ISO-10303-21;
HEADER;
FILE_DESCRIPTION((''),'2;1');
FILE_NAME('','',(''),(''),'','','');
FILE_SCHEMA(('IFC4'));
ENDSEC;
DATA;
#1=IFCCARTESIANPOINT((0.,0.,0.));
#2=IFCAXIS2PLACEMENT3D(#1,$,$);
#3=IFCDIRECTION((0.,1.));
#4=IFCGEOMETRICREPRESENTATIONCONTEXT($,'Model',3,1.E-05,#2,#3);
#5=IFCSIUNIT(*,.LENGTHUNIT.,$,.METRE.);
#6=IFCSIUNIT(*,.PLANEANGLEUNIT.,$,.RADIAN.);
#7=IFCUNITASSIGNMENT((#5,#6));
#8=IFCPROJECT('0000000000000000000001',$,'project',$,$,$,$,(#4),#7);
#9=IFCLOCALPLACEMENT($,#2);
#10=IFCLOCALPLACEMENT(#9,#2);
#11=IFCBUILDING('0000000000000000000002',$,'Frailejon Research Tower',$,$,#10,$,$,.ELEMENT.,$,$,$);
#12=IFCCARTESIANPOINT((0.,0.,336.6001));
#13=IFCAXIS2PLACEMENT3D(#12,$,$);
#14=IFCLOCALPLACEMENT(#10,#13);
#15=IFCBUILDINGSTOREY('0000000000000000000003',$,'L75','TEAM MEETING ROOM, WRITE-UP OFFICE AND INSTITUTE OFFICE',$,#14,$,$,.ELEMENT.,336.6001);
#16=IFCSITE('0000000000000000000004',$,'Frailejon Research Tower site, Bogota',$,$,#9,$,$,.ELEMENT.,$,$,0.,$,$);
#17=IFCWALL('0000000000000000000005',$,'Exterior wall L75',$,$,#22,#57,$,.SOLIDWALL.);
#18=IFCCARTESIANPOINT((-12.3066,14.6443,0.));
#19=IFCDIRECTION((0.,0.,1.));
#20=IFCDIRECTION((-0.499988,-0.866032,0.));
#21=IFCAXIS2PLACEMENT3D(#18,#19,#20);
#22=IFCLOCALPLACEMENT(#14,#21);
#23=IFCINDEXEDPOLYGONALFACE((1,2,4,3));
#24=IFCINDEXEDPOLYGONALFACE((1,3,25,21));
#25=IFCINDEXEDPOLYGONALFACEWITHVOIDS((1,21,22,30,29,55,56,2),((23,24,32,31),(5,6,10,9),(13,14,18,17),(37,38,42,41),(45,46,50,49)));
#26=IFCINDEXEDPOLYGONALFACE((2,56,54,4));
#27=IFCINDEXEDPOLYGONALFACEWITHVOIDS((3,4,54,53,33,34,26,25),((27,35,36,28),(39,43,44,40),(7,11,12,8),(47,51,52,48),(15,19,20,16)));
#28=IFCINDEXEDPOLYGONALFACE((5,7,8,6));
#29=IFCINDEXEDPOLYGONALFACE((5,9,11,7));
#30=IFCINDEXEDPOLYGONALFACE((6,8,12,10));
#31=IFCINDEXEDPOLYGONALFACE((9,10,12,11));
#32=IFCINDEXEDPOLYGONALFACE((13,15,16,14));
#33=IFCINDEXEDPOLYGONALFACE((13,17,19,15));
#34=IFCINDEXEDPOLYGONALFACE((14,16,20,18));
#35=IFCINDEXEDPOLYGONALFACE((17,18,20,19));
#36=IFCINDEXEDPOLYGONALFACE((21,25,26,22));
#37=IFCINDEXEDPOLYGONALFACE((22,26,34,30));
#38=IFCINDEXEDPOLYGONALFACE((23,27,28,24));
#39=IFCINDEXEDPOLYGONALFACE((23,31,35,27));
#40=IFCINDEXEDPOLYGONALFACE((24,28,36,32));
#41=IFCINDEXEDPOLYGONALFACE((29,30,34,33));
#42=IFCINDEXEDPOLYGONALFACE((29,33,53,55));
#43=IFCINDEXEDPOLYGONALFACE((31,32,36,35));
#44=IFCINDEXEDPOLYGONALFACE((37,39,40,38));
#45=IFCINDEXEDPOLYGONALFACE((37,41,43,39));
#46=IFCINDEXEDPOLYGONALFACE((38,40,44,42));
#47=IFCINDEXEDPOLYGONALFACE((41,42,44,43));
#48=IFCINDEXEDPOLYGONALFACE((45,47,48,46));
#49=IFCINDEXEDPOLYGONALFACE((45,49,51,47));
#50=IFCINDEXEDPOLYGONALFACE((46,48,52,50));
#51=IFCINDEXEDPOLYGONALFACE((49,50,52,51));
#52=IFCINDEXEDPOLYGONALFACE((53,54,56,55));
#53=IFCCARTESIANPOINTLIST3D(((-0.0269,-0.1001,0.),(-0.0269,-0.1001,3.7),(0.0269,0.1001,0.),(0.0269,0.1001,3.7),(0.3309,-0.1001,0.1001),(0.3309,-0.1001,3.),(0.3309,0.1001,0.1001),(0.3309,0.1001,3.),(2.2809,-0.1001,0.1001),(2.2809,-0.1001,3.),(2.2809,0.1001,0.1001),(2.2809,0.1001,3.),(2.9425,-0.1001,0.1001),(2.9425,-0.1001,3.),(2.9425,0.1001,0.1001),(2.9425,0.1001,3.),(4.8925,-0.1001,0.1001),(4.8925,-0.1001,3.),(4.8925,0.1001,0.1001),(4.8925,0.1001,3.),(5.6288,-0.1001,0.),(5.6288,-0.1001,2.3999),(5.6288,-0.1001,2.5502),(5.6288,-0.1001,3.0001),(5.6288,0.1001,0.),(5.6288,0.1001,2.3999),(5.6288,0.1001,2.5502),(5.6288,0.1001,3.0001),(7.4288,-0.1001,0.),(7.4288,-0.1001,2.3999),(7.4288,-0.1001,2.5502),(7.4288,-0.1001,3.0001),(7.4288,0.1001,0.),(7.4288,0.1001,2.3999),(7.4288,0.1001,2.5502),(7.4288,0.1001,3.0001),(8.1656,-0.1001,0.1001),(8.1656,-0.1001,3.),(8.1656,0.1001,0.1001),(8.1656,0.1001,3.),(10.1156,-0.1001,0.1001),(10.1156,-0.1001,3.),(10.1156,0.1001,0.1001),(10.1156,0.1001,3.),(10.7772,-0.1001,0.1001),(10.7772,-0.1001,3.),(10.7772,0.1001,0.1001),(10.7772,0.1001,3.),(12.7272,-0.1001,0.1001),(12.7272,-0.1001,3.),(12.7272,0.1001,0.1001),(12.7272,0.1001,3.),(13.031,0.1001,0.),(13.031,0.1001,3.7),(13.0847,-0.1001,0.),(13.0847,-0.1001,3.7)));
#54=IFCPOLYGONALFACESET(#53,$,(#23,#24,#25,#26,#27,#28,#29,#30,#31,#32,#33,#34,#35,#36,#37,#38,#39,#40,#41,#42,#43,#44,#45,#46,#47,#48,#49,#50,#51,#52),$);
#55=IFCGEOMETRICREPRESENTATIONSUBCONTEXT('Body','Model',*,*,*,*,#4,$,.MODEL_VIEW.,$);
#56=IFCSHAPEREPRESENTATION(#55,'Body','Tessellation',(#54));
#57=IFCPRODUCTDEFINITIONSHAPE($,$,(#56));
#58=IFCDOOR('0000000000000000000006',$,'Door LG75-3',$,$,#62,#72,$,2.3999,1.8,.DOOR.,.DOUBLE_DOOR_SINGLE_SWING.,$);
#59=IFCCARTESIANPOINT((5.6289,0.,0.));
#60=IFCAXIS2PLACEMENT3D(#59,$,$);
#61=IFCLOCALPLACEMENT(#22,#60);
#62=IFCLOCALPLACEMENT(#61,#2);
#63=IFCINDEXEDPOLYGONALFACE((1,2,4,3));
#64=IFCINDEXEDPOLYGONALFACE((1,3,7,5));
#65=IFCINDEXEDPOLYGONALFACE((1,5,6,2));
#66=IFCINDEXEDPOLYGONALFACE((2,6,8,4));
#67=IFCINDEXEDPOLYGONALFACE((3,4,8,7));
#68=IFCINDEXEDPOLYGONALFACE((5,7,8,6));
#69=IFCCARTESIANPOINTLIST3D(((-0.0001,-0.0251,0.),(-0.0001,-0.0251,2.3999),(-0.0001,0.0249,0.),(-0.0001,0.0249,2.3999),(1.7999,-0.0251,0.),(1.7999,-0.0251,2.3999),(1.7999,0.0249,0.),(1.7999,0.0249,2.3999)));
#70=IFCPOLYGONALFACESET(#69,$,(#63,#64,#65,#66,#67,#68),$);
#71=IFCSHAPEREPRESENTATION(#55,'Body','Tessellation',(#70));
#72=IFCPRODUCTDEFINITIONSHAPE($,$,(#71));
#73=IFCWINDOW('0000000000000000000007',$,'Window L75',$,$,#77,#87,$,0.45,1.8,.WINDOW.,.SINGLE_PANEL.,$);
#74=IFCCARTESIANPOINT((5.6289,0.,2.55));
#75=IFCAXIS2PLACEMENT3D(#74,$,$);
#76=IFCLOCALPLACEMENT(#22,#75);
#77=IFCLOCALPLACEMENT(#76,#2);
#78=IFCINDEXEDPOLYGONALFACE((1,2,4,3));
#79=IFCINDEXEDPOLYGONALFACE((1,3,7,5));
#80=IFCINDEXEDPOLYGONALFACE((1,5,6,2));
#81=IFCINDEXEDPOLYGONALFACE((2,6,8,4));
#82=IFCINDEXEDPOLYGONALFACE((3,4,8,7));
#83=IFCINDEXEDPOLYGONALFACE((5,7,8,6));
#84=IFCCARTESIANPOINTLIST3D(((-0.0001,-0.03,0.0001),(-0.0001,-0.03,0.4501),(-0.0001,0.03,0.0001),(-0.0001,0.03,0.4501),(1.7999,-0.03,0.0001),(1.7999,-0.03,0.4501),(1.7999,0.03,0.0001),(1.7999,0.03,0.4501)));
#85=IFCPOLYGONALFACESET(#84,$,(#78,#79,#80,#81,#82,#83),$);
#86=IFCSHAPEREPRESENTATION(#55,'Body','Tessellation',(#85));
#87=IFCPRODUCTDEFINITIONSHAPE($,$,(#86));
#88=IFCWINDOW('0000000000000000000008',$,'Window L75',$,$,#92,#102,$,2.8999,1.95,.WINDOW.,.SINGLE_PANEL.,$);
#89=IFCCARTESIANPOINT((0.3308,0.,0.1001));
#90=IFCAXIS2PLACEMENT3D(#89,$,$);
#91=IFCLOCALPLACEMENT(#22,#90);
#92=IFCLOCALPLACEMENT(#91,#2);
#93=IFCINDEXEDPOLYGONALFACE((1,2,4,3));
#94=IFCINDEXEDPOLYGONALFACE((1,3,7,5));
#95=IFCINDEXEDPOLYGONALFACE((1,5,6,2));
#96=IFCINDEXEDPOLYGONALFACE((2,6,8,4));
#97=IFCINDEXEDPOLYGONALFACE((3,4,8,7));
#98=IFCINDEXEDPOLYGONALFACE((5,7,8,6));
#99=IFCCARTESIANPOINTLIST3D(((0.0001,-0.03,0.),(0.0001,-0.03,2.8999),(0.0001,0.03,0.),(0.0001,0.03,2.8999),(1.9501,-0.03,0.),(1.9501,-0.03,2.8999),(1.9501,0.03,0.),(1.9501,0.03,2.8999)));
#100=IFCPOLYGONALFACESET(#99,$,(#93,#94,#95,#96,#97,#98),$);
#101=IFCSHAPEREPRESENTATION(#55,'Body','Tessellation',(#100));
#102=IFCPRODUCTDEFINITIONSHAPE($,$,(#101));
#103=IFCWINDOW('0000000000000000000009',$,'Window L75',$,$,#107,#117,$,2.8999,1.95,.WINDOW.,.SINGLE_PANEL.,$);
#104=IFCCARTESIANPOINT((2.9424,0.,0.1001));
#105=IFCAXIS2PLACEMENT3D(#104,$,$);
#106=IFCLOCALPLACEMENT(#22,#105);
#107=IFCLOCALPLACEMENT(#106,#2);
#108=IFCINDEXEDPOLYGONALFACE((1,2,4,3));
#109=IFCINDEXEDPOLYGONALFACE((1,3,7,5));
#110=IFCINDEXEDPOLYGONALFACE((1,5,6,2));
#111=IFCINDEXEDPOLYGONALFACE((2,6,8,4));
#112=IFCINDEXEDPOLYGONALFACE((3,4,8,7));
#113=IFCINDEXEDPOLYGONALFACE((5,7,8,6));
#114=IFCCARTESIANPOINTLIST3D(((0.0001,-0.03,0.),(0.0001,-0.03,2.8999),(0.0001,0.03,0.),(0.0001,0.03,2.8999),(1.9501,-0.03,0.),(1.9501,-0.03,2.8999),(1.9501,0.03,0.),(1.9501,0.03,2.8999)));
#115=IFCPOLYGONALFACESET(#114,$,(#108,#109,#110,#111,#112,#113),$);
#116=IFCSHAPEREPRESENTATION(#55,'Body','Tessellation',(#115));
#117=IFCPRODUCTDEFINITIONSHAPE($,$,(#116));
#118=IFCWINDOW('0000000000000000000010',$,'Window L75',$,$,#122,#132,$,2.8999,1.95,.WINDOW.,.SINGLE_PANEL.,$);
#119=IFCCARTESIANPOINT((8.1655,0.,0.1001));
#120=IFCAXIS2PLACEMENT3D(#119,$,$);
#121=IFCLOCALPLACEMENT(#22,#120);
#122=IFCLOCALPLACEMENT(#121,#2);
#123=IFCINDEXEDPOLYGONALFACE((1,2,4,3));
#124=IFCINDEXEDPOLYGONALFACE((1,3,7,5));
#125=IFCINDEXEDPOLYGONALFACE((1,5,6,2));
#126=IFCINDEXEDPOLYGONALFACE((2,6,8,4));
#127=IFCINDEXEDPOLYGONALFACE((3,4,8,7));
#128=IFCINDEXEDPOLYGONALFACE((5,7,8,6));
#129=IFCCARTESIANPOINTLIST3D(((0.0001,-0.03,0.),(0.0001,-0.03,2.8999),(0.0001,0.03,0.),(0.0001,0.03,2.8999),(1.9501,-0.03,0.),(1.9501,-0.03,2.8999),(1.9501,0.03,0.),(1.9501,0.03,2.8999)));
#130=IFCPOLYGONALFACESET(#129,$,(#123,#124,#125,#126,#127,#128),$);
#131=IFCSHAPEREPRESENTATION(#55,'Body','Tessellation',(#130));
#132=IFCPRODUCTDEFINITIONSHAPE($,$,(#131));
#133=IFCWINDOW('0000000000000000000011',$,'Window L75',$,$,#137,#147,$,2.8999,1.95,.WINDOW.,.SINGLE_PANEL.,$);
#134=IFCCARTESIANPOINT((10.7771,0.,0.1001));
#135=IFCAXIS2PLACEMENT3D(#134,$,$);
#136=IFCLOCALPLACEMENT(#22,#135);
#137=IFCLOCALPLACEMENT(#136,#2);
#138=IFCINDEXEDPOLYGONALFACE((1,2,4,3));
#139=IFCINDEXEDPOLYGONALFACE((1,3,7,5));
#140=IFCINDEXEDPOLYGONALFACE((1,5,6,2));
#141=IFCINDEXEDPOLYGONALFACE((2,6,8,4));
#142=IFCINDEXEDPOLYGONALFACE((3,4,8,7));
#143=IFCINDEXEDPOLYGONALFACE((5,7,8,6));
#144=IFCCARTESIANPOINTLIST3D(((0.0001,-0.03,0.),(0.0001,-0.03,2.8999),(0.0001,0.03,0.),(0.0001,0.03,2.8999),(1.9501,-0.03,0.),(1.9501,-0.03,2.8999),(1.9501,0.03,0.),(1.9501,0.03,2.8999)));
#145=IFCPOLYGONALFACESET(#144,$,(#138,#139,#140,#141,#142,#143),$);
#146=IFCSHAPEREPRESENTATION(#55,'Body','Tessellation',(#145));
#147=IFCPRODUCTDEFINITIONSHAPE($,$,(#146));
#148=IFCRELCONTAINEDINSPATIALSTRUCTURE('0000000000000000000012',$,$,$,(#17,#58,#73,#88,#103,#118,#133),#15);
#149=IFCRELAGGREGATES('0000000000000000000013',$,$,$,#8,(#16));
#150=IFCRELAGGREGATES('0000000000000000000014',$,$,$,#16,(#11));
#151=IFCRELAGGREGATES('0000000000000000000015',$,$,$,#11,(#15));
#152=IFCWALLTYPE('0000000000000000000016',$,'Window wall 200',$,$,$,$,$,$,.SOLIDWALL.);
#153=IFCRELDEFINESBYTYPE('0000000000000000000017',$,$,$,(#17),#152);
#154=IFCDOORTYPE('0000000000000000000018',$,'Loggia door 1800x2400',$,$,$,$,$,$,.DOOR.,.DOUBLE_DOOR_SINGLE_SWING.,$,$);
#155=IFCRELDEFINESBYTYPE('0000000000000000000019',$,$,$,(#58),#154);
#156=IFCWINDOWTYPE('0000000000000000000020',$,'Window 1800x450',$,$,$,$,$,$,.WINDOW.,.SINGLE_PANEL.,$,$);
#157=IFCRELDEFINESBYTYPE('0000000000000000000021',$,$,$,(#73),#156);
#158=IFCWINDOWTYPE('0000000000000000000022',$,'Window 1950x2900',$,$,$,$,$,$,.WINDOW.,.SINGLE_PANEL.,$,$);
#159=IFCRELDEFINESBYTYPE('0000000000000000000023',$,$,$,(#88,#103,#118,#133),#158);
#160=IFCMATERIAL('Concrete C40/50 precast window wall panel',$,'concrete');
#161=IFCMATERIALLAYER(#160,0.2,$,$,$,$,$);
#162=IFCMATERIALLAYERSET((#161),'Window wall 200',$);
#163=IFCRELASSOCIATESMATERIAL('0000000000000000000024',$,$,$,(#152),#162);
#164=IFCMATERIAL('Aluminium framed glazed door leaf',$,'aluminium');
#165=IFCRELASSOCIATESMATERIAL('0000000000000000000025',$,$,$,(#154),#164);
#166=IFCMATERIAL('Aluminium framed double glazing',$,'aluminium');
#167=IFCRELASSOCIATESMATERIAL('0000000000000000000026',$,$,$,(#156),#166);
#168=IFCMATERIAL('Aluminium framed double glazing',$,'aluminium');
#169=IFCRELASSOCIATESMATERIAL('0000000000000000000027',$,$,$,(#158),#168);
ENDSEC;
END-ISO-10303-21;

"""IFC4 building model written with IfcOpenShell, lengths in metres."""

from ifc_helpers import new_model, si_unit, direction, frame, frame_2d, origin, place, context, subcontext, project, spatial, polyline, rectangle, outline, extrude, material, layer, layer_set, type_object, element, fill, save


model = new_model("IFC4")

# Units and contexts
model_context = context("Model", 3, precision=1e-05, world=origin(), true_north=direction((0.0, 1.0)))
body_context = subcontext(model_context, "Body", "Model", "MODEL_VIEW")
ifc_project = project(units=[si_unit("LENGTHUNIT", "METRE"), si_unit("PLANEANGLEUNIT", "RADIAN")], contexts=[model_context])

# Site, building, storey
site_placement = place(None, origin())
site = spatial("IfcSite", under=ifc_project, at=site_placement, Name="Frailejon Research Tower site, Bogota", CompositionType="ELEMENT", RefElevation=0.0)
building_placement = place(site_placement, origin())
building = spatial("IfcBuilding", under=site, at=building_placement, Name="Frailejon Research Tower", CompositionType="ELEMENT")
storey_placement = place(building_placement, frame((0.0, 0.0, 336.6001)))
storey = spatial("IfcBuildingStorey", under=building, at=storey_placement, Name="L75", Description="TEAM MEETING ROOM, WRITE-UP OFFICE AND INSTITUTE OFFICE", CompositionType="ELEMENT", Elevation=336.6001)

# Wall, openings, door, windows
ifc_material_1 = material(Name="Concrete C40/50 precast window wall panel", Category="concrete")
ifc_layer_1 = layer(ifc_material_1, 0.2)
ifc_layer_set_1 = layer_set([ifc_layer_1], Name="Window wall 200")
wall_type_1 = type_object("IfcWallType", Name="Window wall 200", PredefinedType="SOLIDWALL", material=ifc_layer_set_1)
wall_1_placement = place(storey_placement, frame((-12.3066, 14.6443, 0.0), z_axis=(0.0, 0.0, 1.0), x_axis=(-0.499988, -0.866032, 0.0)))
wall_1 = element("IfcWall", 1, at=wall_1_placement, inside=storey, type_object=wall_type_1, Name="Exterior wall L75", PredefinedType="SOLIDWALL", context=body_context, shape_type="SweptSolid", body=[
    extrude(outline(polyline([(-0.0269, -0.1001), (0.9817, -0.1001), (1.9902, -0.1001), (2.9988, -0.1001), (4.0076, -0.1001), (5.0161, -0.1001), (6.0247, -0.1001), (7.0332, -0.1001), (8.0417, -0.1001), (9.0503, -0.1001), (10.0591, -0.1001), (11.0676, -0.1001), (12.0762, -0.1001), (13.0847, -0.1001), (13.031, 0.1001), (12.0308, 0.1001), (11.0303, 0.1001), (10.03, 0.1001), (9.0298, 0.1001), (8.0293, 0.1001), (7.0291, 0.1001), (6.0288, 0.1001), (5.0286, 0.1001), (4.0281, 0.1001), (3.0278, 0.1001), (2.0276, 0.1001), (1.0271, 0.1001), (0.0269, 0.1001), (-0.0269, -0.1001)])), origin(), (0.0, 0.0, 1.0), 3.7),
])
opening_1_placement = place(wall_1_placement, frame((0.3308, 0.0, 0.1001)))
opening_1 = element("IfcOpeningElement", 2, at=opening_1_placement, cuts=wall_1, PredefinedType="OPENING", context=body_context, shape_type="SweptSolid", body=[
    extrude(rectangle(XDim=1.95, YDim=2.8999, at=frame_2d((0.9751, 1.45))), frame((0.0, 0.1099, 0.0), z_axis=(0.0, -1.0, 0.0), x_axis=(1.0, 0.0, 0.0)), (0.0, 0.0, 1.0), 0.22),
])
opening_2_placement = place(wall_1_placement, frame((2.9424, 0.0, 0.1001)))
opening_2 = element("IfcOpeningElement", 3, at=opening_2_placement, cuts=wall_1, PredefinedType="OPENING", context=body_context, shape_type="SweptSolid", body=[
    extrude(rectangle(XDim=1.95, YDim=2.8999, at=frame_2d((0.9751, 1.45))), frame((0.0, 0.1099, 0.0), z_axis=(0.0, -1.0, 0.0), x_axis=(1.0, 0.0, 0.0)), (0.0, 0.0, 1.0), 0.22),
])
opening_3_placement = place(wall_1_placement, frame((5.6289, 0.0, 0.0)))
opening_3 = element("IfcOpeningElement", 4, at=opening_3_placement, cuts=wall_1, PredefinedType="OPENING", context=body_context, shape_type="SweptSolid", body=[
    extrude(rectangle(XDim=1.8, YDim=2.3999, at=frame_2d((0.8999, 1.2))), frame((0.0, 0.1099, 0.0), z_axis=(0.0, -1.0, 0.0), x_axis=(1.0, 0.0, 0.0)), (0.0, 0.0, 1.0), 0.22),
])
opening_4_placement = place(wall_1_placement, frame((5.6289, 0.0, 2.55)))
opening_4 = element("IfcOpeningElement", 5, at=opening_4_placement, cuts=wall_1, PredefinedType="OPENING", context=body_context, shape_type="SweptSolid", body=[
    extrude(rectangle(XDim=1.8, YDim=0.45, at=frame_2d((0.8999, 0.2251))), frame((0.0, 0.1099, 0.0), z_axis=(0.0, -1.0, 0.0), x_axis=(1.0, 0.0, 0.0)), (0.0, 0.0, 1.0), 0.22),
])
opening_5_placement = place(wall_1_placement, frame((8.1655, 0.0, 0.1001)))
opening_5 = element("IfcOpeningElement", 6, at=opening_5_placement, cuts=wall_1, PredefinedType="OPENING", context=body_context, shape_type="SweptSolid", body=[
    extrude(rectangle(XDim=1.95, YDim=2.8999, at=frame_2d((0.9751, 1.45))), frame((0.0, 0.1099, 0.0), z_axis=(0.0, -1.0, 0.0), x_axis=(1.0, 0.0, 0.0)), (0.0, 0.0, 1.0), 0.22),
])
opening_6_placement = place(wall_1_placement, frame((10.7771, 0.0, 0.1001)))
opening_6 = element("IfcOpeningElement", 7, at=opening_6_placement, cuts=wall_1, PredefinedType="OPENING", context=body_context, shape_type="SweptSolid", body=[
    extrude(rectangle(XDim=1.95, YDim=2.8999, at=frame_2d((0.9751, 1.45))), frame((0.0, 0.1099, 0.0), z_axis=(0.0, -1.0, 0.0), x_axis=(1.0, 0.0, 0.0)), (0.0, 0.0, 1.0), 0.22),
])
ifc_material_2 = material(Name="Aluminium framed glazed door leaf", Category="aluminium")
door_type_1 = type_object("IfcDoorType", Name="Loggia door 1800x2400", OperationType="DOUBLE_DOOR_SINGLE_SWING", PredefinedType="DOOR", material=ifc_material_2)
door_1_placement = place(opening_3_placement, origin())
door_1 = element("IfcDoor", 8, at=door_1_placement, inside=storey, type_object=door_type_1, Name="Door LG75-3", OperationType="DOUBLE_DOOR_SINGLE_SWING", OverallHeight=2.3999, OverallWidth=1.8, PredefinedType="DOOR", context=body_context, shape_type="SweptSolid", body=[
    extrude(rectangle(XDim=1.8, YDim=2.3999, at=frame_2d((0.8999, 1.2))), frame((0.0, 0.0249, 0.0), z_axis=(0.0, -1.0, 0.0), x_axis=(1.0, 0.0, 0.0)), (0.0, 0.0, 1.0), 0.05),
])
fill(opening_3, door_1)
ifc_material_3 = material(Name="Aluminium framed double glazing", Category="aluminium")
window_type_1 = type_object("IfcWindowType", Name="Window 1800x450", PartitioningType="SINGLE_PANEL", PredefinedType="WINDOW", material=ifc_material_3)
window_1_placement = place(opening_4_placement, origin())
window_1 = element("IfcWindow", 9, at=window_1_placement, inside=storey, type_object=window_type_1, Name="Window L75", OverallHeight=0.45, OverallWidth=1.8, PartitioningType="SINGLE_PANEL", PredefinedType="WINDOW", context=body_context, shape_type="SweptSolid", body=[
    extrude(rectangle(XDim=1.8, YDim=0.45, at=frame_2d((0.8999, 0.2251))), frame((0.0, 0.03, 0.0), z_axis=(0.0, -1.0, 0.0), x_axis=(1.0, 0.0, 0.0)), (0.0, 0.0, 1.0), 0.0601),
])
fill(opening_4, window_1)
ifc_material_4 = material(Name="Aluminium framed double glazing", Category="aluminium")
window_type_2 = type_object("IfcWindowType", Name="Window 1950x2900", PartitioningType="SINGLE_PANEL", PredefinedType="WINDOW", material=ifc_material_4)
window_2_placement = place(opening_1_placement, origin())
window_2 = element("IfcWindow", 10, at=window_2_placement, inside=storey, type_object=window_type_2, Name="Window L75", OverallHeight=2.8999, OverallWidth=1.95, PartitioningType="SINGLE_PANEL", PredefinedType="WINDOW", context=body_context, shape_type="SweptSolid", body=[
    extrude(rectangle(XDim=1.95, YDim=2.8999, at=frame_2d((0.9751, 1.45))), frame((0.0, 0.03, 0.0), z_axis=(0.0, -1.0, 0.0), x_axis=(1.0, 0.0, 0.0)), (0.0, 0.0, 1.0), 0.0601),
])
fill(opening_1, window_2)
window_3_placement = place(opening_2_placement, origin())
window_3 = element("IfcWindow", 11, at=window_3_placement, inside=storey, type_object=window_type_2, Name="Window L75", OverallHeight=2.8999, OverallWidth=1.95, PartitioningType="SINGLE_PANEL", PredefinedType="WINDOW", context=body_context, shape_type="SweptSolid", body=[
    extrude(rectangle(XDim=1.95, YDim=2.8999, at=frame_2d((0.9751, 1.45))), frame((0.0, 0.03, 0.0), z_axis=(0.0, -1.0, 0.0), x_axis=(1.0, 0.0, 0.0)), (0.0, 0.0, 1.0), 0.0601),
])
fill(opening_2, window_3)
window_4_placement = place(opening_5_placement, origin())
window_4 = element("IfcWindow", 12, at=window_4_placement, inside=storey, type_object=window_type_2, Name="Window L75", OverallHeight=2.8999, OverallWidth=1.95, PartitioningType="SINGLE_PANEL", PredefinedType="WINDOW", context=body_context, shape_type="SweptSolid", body=[
    extrude(rectangle(XDim=1.95, YDim=2.8999, at=frame_2d((0.9751, 1.45))), frame((0.0, 0.03, 0.0), z_axis=(0.0, -1.0, 0.0), x_axis=(1.0, 0.0, 0.0)), (0.0, 0.0, 1.0), 0.0601),
])
fill(opening_5, window_4)
window_5_placement = place(opening_6_placement, origin())
window_5 = element("IfcWindow", 13, at=window_5_placement, inside=storey, type_object=window_type_2, Name="Window L75", OverallHeight=2.8999, OverallWidth=1.95, PartitioningType="SINGLE_PANEL", PredefinedType="WINDOW", context=body_context, shape_type="SweptSolid", body=[
    extrude(rectangle(XDim=1.95, YDim=2.8999, at=frame_2d((0.9751, 1.45))), frame((0.0, 0.03, 0.0), z_axis=(0.0, -1.0, 0.0), x_axis=(1.0, 0.0, 0.0)), (0.0, 0.0, 1.0), 0.0601),
])
fill(opening_6, window_5)

save(model, "model.ifc")
